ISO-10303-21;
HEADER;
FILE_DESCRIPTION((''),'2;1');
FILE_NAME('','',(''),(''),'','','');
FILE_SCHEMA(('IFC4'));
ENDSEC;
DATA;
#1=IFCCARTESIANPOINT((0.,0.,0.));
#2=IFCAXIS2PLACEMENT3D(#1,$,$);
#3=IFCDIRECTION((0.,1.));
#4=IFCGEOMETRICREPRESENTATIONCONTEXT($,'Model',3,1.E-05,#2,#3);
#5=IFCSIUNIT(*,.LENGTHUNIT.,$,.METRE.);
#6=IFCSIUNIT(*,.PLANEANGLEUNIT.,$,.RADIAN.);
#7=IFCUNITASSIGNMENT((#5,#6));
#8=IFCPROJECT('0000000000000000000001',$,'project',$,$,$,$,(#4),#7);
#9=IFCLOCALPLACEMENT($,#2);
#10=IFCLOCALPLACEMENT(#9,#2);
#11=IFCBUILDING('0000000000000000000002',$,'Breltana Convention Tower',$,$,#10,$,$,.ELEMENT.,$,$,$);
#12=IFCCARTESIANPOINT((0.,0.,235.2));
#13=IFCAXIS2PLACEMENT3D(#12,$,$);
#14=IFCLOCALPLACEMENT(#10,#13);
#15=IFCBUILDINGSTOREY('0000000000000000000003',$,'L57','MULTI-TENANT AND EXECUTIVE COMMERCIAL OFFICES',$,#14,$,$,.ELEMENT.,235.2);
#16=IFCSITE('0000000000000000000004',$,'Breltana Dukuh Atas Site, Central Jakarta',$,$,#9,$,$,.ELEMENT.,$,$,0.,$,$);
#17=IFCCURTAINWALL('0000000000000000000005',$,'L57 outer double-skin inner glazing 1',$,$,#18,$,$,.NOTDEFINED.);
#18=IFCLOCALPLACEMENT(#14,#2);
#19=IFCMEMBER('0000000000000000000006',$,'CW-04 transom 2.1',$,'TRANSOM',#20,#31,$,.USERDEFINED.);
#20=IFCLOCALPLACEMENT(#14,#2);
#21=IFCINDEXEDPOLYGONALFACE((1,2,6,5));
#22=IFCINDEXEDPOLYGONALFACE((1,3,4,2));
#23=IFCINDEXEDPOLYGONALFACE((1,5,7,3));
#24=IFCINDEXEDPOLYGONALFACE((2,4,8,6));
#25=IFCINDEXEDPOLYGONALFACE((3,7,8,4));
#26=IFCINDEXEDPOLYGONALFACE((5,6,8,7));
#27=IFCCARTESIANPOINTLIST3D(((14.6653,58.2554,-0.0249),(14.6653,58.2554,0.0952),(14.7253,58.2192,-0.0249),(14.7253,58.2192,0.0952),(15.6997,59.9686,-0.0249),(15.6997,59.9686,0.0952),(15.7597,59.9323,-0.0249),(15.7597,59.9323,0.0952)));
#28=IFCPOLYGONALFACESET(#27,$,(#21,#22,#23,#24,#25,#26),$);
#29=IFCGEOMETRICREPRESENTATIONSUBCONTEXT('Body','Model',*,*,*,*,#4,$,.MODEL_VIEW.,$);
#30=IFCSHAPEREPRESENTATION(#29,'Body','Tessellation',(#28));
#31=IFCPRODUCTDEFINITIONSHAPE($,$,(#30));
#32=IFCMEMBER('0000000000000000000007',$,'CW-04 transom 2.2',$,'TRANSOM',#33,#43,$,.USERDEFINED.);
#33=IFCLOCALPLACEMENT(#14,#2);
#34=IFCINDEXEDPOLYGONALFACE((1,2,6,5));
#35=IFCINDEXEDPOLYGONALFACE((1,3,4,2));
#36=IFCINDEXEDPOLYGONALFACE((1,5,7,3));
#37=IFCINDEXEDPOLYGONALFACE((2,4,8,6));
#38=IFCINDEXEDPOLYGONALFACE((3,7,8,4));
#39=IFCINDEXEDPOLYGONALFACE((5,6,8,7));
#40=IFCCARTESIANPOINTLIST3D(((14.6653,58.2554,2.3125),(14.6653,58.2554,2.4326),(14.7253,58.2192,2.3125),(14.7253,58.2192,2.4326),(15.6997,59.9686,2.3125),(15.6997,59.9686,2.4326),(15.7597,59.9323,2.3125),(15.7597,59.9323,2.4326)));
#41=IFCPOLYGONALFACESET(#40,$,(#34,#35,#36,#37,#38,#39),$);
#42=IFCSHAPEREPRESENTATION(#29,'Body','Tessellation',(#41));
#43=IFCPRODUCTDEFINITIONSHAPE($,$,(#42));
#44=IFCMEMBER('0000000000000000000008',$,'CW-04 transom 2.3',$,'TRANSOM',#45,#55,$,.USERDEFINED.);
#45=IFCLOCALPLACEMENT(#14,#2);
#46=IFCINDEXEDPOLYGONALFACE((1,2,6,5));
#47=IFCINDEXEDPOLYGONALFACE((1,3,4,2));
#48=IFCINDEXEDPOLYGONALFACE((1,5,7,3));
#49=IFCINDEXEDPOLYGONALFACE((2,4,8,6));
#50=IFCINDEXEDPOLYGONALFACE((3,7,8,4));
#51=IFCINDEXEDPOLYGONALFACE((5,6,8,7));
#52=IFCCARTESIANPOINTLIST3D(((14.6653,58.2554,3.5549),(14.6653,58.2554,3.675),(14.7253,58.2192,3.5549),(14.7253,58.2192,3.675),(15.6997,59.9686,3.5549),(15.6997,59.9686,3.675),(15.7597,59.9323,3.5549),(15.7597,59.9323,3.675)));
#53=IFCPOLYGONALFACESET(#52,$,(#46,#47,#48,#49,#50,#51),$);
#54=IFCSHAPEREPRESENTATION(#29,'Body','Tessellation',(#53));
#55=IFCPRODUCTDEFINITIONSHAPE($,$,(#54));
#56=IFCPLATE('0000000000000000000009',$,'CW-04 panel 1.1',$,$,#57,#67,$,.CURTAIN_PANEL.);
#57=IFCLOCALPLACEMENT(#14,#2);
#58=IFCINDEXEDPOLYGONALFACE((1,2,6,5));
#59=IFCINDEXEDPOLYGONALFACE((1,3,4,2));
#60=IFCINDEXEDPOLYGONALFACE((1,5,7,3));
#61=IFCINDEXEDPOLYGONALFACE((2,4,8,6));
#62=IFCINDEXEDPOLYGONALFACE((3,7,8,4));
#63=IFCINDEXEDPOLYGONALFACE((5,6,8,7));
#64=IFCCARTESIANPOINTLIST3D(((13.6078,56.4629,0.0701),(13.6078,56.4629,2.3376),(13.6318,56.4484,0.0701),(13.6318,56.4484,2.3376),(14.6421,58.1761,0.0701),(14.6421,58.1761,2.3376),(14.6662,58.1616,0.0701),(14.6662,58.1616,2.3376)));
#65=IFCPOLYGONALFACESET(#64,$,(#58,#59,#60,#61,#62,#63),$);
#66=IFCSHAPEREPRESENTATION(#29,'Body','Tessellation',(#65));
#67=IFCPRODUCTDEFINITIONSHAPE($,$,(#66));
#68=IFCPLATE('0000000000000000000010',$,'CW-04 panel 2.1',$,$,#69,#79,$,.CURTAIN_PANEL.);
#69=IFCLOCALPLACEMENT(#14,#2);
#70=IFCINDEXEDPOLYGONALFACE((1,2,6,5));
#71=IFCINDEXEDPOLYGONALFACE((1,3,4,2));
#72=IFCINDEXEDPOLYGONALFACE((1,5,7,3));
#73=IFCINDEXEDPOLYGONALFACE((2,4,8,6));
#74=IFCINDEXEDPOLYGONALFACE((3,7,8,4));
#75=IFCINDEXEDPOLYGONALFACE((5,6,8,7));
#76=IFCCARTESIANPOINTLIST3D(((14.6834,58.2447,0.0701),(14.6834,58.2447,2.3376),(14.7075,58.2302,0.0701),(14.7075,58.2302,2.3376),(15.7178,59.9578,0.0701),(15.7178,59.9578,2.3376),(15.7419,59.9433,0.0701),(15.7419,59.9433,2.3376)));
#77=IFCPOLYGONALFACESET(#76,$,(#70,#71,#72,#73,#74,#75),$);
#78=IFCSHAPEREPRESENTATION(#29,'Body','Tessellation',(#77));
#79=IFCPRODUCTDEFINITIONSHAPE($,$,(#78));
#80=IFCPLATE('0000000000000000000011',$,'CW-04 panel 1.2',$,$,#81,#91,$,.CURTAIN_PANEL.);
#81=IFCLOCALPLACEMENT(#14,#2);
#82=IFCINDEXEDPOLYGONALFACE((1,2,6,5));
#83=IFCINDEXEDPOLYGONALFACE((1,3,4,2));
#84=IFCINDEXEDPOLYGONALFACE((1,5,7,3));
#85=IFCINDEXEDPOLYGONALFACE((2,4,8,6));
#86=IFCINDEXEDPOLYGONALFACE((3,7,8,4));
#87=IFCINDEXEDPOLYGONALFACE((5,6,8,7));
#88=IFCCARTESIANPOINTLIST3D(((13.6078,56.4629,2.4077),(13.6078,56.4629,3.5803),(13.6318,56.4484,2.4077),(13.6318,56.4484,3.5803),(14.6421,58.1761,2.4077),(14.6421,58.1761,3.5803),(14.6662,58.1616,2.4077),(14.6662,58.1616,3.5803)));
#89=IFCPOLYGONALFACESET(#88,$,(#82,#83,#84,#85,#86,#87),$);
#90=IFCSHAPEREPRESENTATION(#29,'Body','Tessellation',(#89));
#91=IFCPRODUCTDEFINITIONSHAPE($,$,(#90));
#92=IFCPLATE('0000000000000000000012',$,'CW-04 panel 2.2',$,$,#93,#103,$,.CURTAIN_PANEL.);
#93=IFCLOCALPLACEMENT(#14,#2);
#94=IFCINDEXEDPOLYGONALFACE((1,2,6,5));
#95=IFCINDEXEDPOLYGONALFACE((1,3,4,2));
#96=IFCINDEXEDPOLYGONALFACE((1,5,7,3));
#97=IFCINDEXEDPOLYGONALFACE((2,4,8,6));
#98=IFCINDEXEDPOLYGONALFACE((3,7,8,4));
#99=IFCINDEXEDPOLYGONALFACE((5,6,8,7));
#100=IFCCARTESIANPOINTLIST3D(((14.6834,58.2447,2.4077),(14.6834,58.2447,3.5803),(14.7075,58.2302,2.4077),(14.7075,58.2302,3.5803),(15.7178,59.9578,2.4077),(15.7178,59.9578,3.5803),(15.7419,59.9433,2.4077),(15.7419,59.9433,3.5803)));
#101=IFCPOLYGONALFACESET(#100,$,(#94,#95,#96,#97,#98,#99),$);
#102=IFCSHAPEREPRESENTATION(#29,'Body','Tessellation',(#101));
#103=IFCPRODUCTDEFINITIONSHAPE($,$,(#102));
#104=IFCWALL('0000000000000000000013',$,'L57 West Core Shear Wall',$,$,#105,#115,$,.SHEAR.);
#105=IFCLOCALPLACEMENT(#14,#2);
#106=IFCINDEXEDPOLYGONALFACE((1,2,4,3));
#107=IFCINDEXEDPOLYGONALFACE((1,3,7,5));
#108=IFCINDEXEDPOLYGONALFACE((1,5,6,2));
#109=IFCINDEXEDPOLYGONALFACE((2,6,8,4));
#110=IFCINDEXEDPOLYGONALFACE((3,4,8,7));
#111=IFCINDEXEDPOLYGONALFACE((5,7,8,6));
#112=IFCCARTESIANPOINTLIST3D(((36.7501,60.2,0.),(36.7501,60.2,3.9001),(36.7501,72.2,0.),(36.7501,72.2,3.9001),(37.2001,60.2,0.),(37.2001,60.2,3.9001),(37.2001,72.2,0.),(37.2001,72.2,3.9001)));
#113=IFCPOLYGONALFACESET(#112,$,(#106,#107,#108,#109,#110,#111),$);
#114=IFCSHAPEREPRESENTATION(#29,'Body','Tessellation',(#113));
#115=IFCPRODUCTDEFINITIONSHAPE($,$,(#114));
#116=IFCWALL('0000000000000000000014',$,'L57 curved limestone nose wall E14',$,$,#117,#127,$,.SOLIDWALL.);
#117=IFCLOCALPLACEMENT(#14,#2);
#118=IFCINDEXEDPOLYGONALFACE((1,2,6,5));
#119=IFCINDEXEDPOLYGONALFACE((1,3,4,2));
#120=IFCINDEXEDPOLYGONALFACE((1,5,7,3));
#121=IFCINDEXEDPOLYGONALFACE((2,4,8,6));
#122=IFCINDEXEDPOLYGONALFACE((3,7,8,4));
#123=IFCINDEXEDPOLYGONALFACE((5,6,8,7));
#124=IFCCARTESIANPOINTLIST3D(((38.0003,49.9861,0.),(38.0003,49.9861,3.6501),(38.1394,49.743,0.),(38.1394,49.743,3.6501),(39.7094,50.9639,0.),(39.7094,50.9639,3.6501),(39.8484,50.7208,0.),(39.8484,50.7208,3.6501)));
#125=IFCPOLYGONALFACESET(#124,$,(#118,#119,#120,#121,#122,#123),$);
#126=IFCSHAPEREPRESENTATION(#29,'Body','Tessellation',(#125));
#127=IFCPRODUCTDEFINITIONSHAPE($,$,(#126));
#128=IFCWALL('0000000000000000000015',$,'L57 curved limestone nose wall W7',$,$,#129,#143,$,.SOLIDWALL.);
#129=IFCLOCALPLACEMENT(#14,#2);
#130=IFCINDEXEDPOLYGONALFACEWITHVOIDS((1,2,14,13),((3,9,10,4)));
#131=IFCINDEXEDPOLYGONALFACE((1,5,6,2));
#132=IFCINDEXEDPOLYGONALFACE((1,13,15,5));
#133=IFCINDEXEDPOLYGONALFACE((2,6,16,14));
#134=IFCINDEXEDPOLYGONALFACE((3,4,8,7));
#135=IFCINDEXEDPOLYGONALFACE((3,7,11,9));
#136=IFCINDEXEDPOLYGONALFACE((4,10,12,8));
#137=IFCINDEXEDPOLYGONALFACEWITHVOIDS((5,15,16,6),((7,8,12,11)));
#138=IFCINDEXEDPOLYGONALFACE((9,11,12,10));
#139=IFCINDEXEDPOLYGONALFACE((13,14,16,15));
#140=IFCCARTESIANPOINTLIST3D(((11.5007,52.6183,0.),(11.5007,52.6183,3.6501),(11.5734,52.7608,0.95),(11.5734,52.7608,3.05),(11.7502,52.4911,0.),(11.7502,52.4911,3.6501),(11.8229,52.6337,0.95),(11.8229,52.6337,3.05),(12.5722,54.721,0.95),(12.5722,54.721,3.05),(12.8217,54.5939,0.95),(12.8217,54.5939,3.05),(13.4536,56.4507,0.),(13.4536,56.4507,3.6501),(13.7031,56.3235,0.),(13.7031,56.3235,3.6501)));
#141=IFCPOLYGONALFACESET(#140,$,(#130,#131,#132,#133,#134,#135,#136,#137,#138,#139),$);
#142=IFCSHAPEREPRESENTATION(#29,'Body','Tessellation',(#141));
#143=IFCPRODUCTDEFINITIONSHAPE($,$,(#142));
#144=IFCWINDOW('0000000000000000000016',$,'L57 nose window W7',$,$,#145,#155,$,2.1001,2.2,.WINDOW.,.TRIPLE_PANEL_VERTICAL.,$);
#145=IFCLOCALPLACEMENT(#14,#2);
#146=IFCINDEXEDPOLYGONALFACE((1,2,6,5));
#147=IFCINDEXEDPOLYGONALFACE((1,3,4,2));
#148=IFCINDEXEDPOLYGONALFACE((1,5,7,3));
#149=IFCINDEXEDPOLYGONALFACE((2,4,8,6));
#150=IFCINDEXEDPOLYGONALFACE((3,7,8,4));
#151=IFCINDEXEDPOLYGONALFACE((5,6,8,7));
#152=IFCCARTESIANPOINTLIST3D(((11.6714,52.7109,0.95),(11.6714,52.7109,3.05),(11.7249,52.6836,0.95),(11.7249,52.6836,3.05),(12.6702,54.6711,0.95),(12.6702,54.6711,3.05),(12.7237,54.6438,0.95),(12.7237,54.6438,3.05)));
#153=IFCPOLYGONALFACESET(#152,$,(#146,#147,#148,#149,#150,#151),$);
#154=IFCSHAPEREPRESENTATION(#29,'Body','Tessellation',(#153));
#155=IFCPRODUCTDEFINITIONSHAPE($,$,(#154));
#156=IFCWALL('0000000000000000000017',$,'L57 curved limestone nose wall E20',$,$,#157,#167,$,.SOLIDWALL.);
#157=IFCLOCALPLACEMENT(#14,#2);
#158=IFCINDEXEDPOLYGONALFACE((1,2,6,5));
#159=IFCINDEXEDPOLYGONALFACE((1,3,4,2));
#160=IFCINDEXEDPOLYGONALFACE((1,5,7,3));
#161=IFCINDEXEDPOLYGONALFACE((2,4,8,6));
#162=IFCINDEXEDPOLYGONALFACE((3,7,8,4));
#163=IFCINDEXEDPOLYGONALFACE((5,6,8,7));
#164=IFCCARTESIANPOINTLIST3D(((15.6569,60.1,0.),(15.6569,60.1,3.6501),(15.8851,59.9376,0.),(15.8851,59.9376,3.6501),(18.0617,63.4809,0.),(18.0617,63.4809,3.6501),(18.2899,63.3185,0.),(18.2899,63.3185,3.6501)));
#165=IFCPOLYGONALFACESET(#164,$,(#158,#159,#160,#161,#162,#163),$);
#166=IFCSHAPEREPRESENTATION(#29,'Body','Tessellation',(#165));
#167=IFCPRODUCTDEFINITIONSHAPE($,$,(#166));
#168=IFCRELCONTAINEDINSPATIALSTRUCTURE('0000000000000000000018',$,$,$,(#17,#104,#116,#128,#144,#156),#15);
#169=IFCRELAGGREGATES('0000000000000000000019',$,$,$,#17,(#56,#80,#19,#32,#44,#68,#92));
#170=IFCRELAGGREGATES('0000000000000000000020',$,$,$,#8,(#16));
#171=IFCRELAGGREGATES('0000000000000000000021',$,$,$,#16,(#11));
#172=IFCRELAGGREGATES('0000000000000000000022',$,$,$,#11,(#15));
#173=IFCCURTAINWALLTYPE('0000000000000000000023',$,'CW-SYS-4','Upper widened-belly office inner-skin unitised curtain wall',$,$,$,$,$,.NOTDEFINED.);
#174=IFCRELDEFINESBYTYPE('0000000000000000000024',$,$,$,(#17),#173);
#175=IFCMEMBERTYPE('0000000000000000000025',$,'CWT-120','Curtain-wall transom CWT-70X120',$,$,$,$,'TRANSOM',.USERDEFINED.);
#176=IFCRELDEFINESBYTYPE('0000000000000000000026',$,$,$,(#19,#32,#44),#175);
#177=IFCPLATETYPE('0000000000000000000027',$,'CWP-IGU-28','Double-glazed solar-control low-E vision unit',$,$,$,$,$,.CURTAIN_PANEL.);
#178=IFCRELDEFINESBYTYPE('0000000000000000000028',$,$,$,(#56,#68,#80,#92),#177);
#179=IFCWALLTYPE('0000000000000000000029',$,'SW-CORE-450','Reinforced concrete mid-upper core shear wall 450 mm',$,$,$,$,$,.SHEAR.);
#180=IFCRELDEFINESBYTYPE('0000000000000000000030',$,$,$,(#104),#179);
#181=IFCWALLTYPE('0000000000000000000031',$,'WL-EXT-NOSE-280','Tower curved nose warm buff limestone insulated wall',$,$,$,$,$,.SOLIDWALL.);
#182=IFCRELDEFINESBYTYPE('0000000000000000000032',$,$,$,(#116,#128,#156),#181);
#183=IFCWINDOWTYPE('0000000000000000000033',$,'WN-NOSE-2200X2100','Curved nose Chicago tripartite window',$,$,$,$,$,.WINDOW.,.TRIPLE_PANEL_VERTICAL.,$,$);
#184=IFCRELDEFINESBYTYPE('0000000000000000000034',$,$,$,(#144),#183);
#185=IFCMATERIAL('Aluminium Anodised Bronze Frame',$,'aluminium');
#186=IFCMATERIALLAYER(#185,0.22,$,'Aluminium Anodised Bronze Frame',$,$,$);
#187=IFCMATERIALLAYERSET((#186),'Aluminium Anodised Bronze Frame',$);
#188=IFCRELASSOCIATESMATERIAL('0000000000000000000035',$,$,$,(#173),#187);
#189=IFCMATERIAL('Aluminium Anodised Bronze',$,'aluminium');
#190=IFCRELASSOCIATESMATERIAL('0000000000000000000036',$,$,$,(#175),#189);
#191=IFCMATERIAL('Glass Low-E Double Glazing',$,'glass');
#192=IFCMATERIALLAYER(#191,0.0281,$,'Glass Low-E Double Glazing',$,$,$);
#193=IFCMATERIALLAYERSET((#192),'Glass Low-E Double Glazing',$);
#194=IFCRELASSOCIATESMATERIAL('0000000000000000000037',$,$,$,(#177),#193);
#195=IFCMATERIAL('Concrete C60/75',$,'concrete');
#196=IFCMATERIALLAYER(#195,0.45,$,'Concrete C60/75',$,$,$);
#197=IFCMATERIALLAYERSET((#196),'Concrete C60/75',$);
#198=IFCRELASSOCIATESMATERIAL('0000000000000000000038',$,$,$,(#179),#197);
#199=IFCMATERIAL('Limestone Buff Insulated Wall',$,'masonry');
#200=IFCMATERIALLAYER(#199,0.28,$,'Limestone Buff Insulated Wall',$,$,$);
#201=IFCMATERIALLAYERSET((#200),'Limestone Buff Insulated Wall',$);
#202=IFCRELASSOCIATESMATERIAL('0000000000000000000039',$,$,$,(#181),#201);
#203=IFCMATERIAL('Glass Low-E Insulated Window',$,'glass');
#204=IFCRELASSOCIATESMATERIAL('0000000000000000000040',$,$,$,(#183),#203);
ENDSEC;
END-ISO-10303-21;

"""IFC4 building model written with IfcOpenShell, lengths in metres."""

from ifc_helpers import new_model, si_unit, direction, frame, frame_2d, origin, origin_2d, place, context, subcontext, project, spatial, rectangle, extrude, source, transform, mapped, material, layer, layer_set, material_profile, profile_set, type_object, type_shapes, element, fill, aggregate, save


model = new_model("IFC4")

# Units and contexts
model_context = context("Model", 3, precision=1e-05, world=origin(), true_north=direction((0.0, 1.0)))
body_context = subcontext(model_context, "Body", "Model", "MODEL_VIEW")
ifc_project = project(units=[si_unit("LENGTHUNIT", "METRE"), si_unit("PLANEANGLEUNIT", "RADIAN")], contexts=[model_context])

# Site, building, storey
site_placement = place(None, origin())
site = spatial("IfcSite", under=ifc_project, at=site_placement, Name="Breltana Dukuh Atas Site, Central Jakarta", CompositionType="ELEMENT", RefElevation=0.0)
building_placement = place(site_placement, origin())
building = spatial("IfcBuilding", under=site, at=building_placement, Name="Breltana Convention Tower", CompositionType="ELEMENT")
storey_placement = place(building_placement, frame((0.0, 0.0, 235.2)))
storey = spatial("IfcBuildingStorey", under=building, at=storey_placement, Name="L57", Description="MULTI-TENANT AND EXECUTIVE COMMERCIAL OFFICES", CompositionType="ELEMENT", Elevation=235.2)

# Curtain wall, members, plates
ifc_material_1 = material(Name="Aluminium Anodised Bronze Frame", Category="aluminium")
ifc_layer_1 = layer(ifc_material_1, 0.22, Name="Aluminium Anodised Bronze Frame")
ifc_layer_set_1 = layer_set([ifc_layer_1], Name="Aluminium Anodised Bronze Frame")
curtain_wall_type = type_object("IfcCurtainWallType", Name="CW-SYS-4", Description="Upper widened-belly office inner-skin unitised curtain wall", PredefinedType="NOTDEFINED", material=ifc_layer_set_1)
curtain_wall_placement = place(storey_placement, origin())
curtain_wall = element("IfcCurtainWall", 1, at=curtain_wall_placement, inside=storey, type_object=curtain_wall_type, Name="L57 outer double-skin inner glazing 1", PredefinedType="NOTDEFINED")
ifc_material_2 = material(Name="Aluminium Anodised Bronze", Category="aluminium")
ifc_material_profile_1 = material_profile(ifc_material_2, rectangle(XDim=0.0701, YDim=0.1201, at=origin_2d()), Name="CWT-70X120")
ifc_profile_set_1 = profile_set([ifc_material_profile_1], Name="Aluminium Anodised Bronze")
member_type_1 = type_object("IfcMemberType", Name="CWT-120", Description="Curtain-wall transom CWT-70X120", ElementType="TRANSOM", PredefinedType="USERDEFINED", material=ifc_profile_set_1)
shared_shape_1 = source(origin(), body_context, "Body", "SweptSolid", [
    extrude(rectangle(XDim=0.0701, YDim=0.1201, at=origin_2d()), origin(), (0.0, 0.0, 1.0), 2.0012),
])
member_1_placement = place(storey_placement, frame((14.6953, 58.2373, 0.0352), z_axis=(0.516898, 0.856047, 0.0), x_axis=(-0.856047, 0.516898, 0.0)))
member_1 = element("IfcMember", 2, at=member_1_placement, type_object=member_type_1, Name="CW-04 transom 2.1", ObjectType="TRANSOM", PredefinedType="USERDEFINED", context=body_context, shape_type="MappedRepresentation", body=[
    mapped(shared_shape_1, transform((0.0, 0.0, 0.0), scale=1.0)),
])
member_2_placement = place(storey_placement, frame((14.6953, 58.2373, 2.3726), z_axis=(0.516898, 0.856047, 0.0), x_axis=(-0.856047, 0.516898, 0.0)))
member_2 = element("IfcMember", 3, at=member_2_placement, type_object=member_type_1, Name="CW-04 transom 2.2", ObjectType="TRANSOM", PredefinedType="USERDEFINED", context=body_context, shape_type="MappedRepresentation", body=[
    mapped(shared_shape_1, transform((0.0, 0.0, 0.0), scale=1.0)),
])
member_3_placement = place(storey_placement, frame((14.6953, 58.2373, 3.615), z_axis=(0.516898, 0.856047, 0.0), x_axis=(-0.856047, 0.516898, 0.0)))
member_3 = element("IfcMember", 4, at=member_3_placement, type_object=member_type_1, Name="CW-04 transom 2.3", ObjectType="TRANSOM", PredefinedType="USERDEFINED", context=body_context, shape_type="MappedRepresentation", body=[
    mapped(shared_shape_1, transform((0.0, 0.0, 0.0), scale=1.0)),
])
ifc_material_3 = material(Name="Glass Low-E Double Glazing", Category="glass")
ifc_layer_2 = layer(ifc_material_3, 0.0281, Name="Glass Low-E Double Glazing")
ifc_layer_set_2 = layer_set([ifc_layer_2], Name="Glass Low-E Double Glazing")
plate_type = type_object("IfcPlateType", Name="CWP-IGU-28", Description="Double-glazed solar-control low-E vision unit", PredefinedType="CURTAIN_PANEL", material=ifc_layer_set_2)
shared_shape_2 = source(origin(), body_context, "Body", "SweptSolid", [
    extrude(rectangle(XDim=2.0012, YDim=0.0281, at=origin_2d()), origin(), (0.0, 0.0, 1.0), 2.2676),
])
plate_1_placement = place(storey_placement, frame((14.137, 57.3123, 0.0701), z_axis=(0.0, 0.0, 1.0), x_axis=(0.516875, 0.856061, 0.0)))
plate_1 = element("IfcPlate", 5, at=plate_1_placement, type_object=plate_type, Name="CW-04 panel 1.1", PredefinedType="CURTAIN_PANEL", context=body_context, shape_type="MappedRepresentation", body=[
    mapped(shared_shape_2, transform((0.0, 0.0, 0.0), scale=1.0)),
])
plate_2_placement = place(storey_placement, frame((15.2126, 59.094, 0.0701), z_axis=(0.0, 0.0, 1.0), x_axis=(0.516875, 0.856061, 0.0)))
plate_2 = element("IfcPlate", 6, at=plate_2_placement, type_object=plate_type, Name="CW-04 panel 2.1", PredefinedType="CURTAIN_PANEL", context=body_context, shape_type="MappedRepresentation", body=[
    mapped(shared_shape_2, transform((0.0, 0.0, 0.0), scale=1.0)),
])
shared_shape_3 = source(origin(), body_context, "Body", "SweptSolid", [
    extrude(rectangle(XDim=2.0012, YDim=0.0281, at=origin_2d()), origin(), (0.0, 0.0, 1.0), 1.1726),
])
plate_3_placement = place(storey_placement, frame((14.137, 57.3123, 2.4077), z_axis=(0.0, 0.0, 1.0), x_axis=(0.516875, 0.856061, 0.0)))
plate_3 = element("IfcPlate", 7, at=plate_3_placement, type_object=plate_type, Name="CW-04 panel 1.2", PredefinedType="CURTAIN_PANEL", context=body_context, shape_type="MappedRepresentation", body=[
    mapped(shared_shape_3, transform((0.0, 0.0, 0.0), scale=1.0)),
])
plate_4_placement = place(storey_placement, frame((15.2126, 59.094, 2.4077), z_axis=(0.0, 0.0, 1.0), x_axis=(0.516875, 0.856061, 0.0)))
plate_4 = element("IfcPlate", 8, at=plate_4_placement, type_object=plate_type, Name="CW-04 panel 2.2", PredefinedType="CURTAIN_PANEL", context=body_context, shape_type="MappedRepresentation", body=[
    mapped(shared_shape_3, transform((0.0, 0.0, 0.0), scale=1.0)),
])
aggregate(curtain_wall, [plate_1, plate_3, member_1, member_2, member_3, plate_2, plate_4])

# Walls
ifc_material_4 = material(Name="Concrete C60/75", Category="concrete")
ifc_layer_3 = layer(ifc_material_4, 0.45, Name="Concrete C60/75")
ifc_layer_set_3 = layer_set([ifc_layer_3], Name="Concrete C60/75")
wall_type_1 = type_object("IfcWallType", Name="SW-CORE-450", Description="Reinforced concrete mid-upper core shear wall 450 mm", PredefinedType="SHEAR", material=ifc_layer_set_3)
shared_shape_4 = source(origin(), body_context, "Body", "SweptSolid", [
    extrude(rectangle(XDim=12.0, YDim=0.45, at=frame_2d((6.0, 0.0))), origin(), (0.0, 0.0, 1.0), 3.9001),
])
wall_1_placement = place(storey_placement, frame((36.9751, 60.2, 0.0), z_axis=(0.0, 0.0, 1.0), x_axis=(0.0, 1.0, 0.0)))
element("IfcWall", 9, at=wall_1_placement, inside=storey, type_object=wall_type_1, Name="L57 West Core Shear Wall", PredefinedType="SHEAR", context=body_context, shape_type="MappedRepresentation", body=[
    mapped(shared_shape_4, transform((0.0, 0.0, 0.0), scale=1.0)),
])
ifc_material_5 = material(Name="Limestone Buff Insulated Wall", Category="masonry")
ifc_layer_4 = layer(ifc_material_5, 0.28, Name="Limestone Buff Insulated Wall")
ifc_layer_set_4 = layer_set([ifc_layer_4], Name="Limestone Buff Insulated Wall")
wall_type_2 = type_object("IfcWallType", Name="WL-EXT-NOSE-280", Description="Tower curved nose warm buff limestone insulated wall", PredefinedType="SOLIDWALL", material=ifc_layer_set_4)
shared_shape_5 = source(origin(), body_context, "Body", "SweptSolid", [
    extrude(rectangle(XDim=1.969, YDim=0.28, at=frame_2d((0.9844, 0.0))), origin(), (0.0, 0.0, 1.0), 3.6501),
])
wall_2_placement = place(storey_placement, frame((39.7788, 50.8423, 0.0), z_axis=(0.0, 0.0, 1.0), x_axis=(-0.867976, -0.496606, 0.0)))
element("IfcWall", 10, at=wall_2_placement, inside=storey, type_object=wall_type_2, Name="L57 curved limestone nose wall E14", PredefinedType="SOLIDWALL", context=body_context, shape_type="MappedRepresentation", body=[
    mapped(shared_shape_5, transform((0.0, 0.0, 0.0), scale=1.0)),
])

# Wall, opening, window
shared_shape_6 = source(origin(), body_context, "Body", "SweptSolid", [
    extrude(rectangle(XDim=4.3013, YDim=0.28, at=frame_2d((2.1506, 0.0))), origin(), (0.0, 0.0, 1.0), 3.6501),
])
wall_3_placement = place(storey_placement, frame((11.6255, 52.5547, 0.0), z_axis=(0.0, 0.0, 1.0), x_axis=(0.454012, 0.890996, 0.0)))
wall_3 = element("IfcWall", 11, at=wall_3_placement, inside=storey, type_object=wall_type_2, Name="L57 curved limestone nose wall W7", PredefinedType="SOLIDWALL", context=body_context, shape_type="MappedRepresentation", body=[
    mapped(shared_shape_6, transform((0.0, 0.0, 0.0), scale=1.0)),
])
opening_1_placement = place(wall_3_placement, frame((0.1599, 0.0, 0.95)))
opening_1 = element("IfcOpeningElement", 12, at=opening_1_placement, cuts=wall_3, PredefinedType="OPENING", context=body_context, shape_type="SweptSolid", body=[
    extrude(rectangle(XDim=2.2, YDim=2.1001, at=frame_2d((1.1001, 1.05))), frame((0.0, 0.1499, 0.0), z_axis=(0.0, -1.0, 0.0), x_axis=(1.0, 0.0, 0.0)), (0.0, 0.0, 1.0), 0.3),
])
ifc_material_6 = material(Name="Glass Low-E Insulated Window", Category="glass")
window_type = type_object("IfcWindowType", Name="WN-NOSE-2200X2100", Description="Curved nose Chicago tripartite window", PartitioningType="TRIPLE_PANEL_VERTICAL", PredefinedType="WINDOW", material=ifc_material_6)
shared_shape_7 = source(origin(), body_context, "Body", "SweptSolid", [
    extrude(rectangle(XDim=2.2, YDim=2.1001, at=frame_2d((1.1001, 1.05))), frame((0.0, 0.03, 0.0), z_axis=(0.0, -1.0, 0.0), x_axis=(1.0, 0.0, 0.0)), (0.0, 0.0, 1.0), 0.0601),
])
type_shapes(window_type, [shared_shape_7])
window_placement = place(opening_1_placement, origin())
window = element("IfcWindow", 13, at=window_placement, inside=storey, type_object=window_type, Name="L57 nose window W7", OverallHeight=2.1001, OverallWidth=2.2, PartitioningType="TRIPLE_PANEL_VERTICAL", PredefinedType="WINDOW", context=body_context, shape_type="MappedRepresentation", body=[
    mapped(shared_shape_7, transform((0.0, 0.0, 0.0), scale=1.0)),
])
fill(opening_1, window)

# Wall
shared_shape_8 = source(origin(), body_context, "Body", "SweptSolid", [
    extrude(rectangle(XDim=4.1489, YDim=0.28, at=frame_2d((2.0745, 0.0))), origin(), (0.0, 0.0, 1.0), 3.6501),
])
wall_4_placement = place(storey_placement, frame((15.771, 60.0188, 0.0), z_axis=(0.0, 0.0, 1.0), x_axis=(0.579623, 0.814885, 0.0)))
element("IfcWall", 14, at=wall_4_placement, inside=storey, type_object=wall_type_2, Name="L57 curved limestone nose wall E20", PredefinedType="SOLIDWALL", context=body_context, shape_type="MappedRepresentation", body=[
    mapped(shared_shape_8, transform((0.0, 0.0, 0.0), scale=1.0)),
])

save(model, "model.ifc")
